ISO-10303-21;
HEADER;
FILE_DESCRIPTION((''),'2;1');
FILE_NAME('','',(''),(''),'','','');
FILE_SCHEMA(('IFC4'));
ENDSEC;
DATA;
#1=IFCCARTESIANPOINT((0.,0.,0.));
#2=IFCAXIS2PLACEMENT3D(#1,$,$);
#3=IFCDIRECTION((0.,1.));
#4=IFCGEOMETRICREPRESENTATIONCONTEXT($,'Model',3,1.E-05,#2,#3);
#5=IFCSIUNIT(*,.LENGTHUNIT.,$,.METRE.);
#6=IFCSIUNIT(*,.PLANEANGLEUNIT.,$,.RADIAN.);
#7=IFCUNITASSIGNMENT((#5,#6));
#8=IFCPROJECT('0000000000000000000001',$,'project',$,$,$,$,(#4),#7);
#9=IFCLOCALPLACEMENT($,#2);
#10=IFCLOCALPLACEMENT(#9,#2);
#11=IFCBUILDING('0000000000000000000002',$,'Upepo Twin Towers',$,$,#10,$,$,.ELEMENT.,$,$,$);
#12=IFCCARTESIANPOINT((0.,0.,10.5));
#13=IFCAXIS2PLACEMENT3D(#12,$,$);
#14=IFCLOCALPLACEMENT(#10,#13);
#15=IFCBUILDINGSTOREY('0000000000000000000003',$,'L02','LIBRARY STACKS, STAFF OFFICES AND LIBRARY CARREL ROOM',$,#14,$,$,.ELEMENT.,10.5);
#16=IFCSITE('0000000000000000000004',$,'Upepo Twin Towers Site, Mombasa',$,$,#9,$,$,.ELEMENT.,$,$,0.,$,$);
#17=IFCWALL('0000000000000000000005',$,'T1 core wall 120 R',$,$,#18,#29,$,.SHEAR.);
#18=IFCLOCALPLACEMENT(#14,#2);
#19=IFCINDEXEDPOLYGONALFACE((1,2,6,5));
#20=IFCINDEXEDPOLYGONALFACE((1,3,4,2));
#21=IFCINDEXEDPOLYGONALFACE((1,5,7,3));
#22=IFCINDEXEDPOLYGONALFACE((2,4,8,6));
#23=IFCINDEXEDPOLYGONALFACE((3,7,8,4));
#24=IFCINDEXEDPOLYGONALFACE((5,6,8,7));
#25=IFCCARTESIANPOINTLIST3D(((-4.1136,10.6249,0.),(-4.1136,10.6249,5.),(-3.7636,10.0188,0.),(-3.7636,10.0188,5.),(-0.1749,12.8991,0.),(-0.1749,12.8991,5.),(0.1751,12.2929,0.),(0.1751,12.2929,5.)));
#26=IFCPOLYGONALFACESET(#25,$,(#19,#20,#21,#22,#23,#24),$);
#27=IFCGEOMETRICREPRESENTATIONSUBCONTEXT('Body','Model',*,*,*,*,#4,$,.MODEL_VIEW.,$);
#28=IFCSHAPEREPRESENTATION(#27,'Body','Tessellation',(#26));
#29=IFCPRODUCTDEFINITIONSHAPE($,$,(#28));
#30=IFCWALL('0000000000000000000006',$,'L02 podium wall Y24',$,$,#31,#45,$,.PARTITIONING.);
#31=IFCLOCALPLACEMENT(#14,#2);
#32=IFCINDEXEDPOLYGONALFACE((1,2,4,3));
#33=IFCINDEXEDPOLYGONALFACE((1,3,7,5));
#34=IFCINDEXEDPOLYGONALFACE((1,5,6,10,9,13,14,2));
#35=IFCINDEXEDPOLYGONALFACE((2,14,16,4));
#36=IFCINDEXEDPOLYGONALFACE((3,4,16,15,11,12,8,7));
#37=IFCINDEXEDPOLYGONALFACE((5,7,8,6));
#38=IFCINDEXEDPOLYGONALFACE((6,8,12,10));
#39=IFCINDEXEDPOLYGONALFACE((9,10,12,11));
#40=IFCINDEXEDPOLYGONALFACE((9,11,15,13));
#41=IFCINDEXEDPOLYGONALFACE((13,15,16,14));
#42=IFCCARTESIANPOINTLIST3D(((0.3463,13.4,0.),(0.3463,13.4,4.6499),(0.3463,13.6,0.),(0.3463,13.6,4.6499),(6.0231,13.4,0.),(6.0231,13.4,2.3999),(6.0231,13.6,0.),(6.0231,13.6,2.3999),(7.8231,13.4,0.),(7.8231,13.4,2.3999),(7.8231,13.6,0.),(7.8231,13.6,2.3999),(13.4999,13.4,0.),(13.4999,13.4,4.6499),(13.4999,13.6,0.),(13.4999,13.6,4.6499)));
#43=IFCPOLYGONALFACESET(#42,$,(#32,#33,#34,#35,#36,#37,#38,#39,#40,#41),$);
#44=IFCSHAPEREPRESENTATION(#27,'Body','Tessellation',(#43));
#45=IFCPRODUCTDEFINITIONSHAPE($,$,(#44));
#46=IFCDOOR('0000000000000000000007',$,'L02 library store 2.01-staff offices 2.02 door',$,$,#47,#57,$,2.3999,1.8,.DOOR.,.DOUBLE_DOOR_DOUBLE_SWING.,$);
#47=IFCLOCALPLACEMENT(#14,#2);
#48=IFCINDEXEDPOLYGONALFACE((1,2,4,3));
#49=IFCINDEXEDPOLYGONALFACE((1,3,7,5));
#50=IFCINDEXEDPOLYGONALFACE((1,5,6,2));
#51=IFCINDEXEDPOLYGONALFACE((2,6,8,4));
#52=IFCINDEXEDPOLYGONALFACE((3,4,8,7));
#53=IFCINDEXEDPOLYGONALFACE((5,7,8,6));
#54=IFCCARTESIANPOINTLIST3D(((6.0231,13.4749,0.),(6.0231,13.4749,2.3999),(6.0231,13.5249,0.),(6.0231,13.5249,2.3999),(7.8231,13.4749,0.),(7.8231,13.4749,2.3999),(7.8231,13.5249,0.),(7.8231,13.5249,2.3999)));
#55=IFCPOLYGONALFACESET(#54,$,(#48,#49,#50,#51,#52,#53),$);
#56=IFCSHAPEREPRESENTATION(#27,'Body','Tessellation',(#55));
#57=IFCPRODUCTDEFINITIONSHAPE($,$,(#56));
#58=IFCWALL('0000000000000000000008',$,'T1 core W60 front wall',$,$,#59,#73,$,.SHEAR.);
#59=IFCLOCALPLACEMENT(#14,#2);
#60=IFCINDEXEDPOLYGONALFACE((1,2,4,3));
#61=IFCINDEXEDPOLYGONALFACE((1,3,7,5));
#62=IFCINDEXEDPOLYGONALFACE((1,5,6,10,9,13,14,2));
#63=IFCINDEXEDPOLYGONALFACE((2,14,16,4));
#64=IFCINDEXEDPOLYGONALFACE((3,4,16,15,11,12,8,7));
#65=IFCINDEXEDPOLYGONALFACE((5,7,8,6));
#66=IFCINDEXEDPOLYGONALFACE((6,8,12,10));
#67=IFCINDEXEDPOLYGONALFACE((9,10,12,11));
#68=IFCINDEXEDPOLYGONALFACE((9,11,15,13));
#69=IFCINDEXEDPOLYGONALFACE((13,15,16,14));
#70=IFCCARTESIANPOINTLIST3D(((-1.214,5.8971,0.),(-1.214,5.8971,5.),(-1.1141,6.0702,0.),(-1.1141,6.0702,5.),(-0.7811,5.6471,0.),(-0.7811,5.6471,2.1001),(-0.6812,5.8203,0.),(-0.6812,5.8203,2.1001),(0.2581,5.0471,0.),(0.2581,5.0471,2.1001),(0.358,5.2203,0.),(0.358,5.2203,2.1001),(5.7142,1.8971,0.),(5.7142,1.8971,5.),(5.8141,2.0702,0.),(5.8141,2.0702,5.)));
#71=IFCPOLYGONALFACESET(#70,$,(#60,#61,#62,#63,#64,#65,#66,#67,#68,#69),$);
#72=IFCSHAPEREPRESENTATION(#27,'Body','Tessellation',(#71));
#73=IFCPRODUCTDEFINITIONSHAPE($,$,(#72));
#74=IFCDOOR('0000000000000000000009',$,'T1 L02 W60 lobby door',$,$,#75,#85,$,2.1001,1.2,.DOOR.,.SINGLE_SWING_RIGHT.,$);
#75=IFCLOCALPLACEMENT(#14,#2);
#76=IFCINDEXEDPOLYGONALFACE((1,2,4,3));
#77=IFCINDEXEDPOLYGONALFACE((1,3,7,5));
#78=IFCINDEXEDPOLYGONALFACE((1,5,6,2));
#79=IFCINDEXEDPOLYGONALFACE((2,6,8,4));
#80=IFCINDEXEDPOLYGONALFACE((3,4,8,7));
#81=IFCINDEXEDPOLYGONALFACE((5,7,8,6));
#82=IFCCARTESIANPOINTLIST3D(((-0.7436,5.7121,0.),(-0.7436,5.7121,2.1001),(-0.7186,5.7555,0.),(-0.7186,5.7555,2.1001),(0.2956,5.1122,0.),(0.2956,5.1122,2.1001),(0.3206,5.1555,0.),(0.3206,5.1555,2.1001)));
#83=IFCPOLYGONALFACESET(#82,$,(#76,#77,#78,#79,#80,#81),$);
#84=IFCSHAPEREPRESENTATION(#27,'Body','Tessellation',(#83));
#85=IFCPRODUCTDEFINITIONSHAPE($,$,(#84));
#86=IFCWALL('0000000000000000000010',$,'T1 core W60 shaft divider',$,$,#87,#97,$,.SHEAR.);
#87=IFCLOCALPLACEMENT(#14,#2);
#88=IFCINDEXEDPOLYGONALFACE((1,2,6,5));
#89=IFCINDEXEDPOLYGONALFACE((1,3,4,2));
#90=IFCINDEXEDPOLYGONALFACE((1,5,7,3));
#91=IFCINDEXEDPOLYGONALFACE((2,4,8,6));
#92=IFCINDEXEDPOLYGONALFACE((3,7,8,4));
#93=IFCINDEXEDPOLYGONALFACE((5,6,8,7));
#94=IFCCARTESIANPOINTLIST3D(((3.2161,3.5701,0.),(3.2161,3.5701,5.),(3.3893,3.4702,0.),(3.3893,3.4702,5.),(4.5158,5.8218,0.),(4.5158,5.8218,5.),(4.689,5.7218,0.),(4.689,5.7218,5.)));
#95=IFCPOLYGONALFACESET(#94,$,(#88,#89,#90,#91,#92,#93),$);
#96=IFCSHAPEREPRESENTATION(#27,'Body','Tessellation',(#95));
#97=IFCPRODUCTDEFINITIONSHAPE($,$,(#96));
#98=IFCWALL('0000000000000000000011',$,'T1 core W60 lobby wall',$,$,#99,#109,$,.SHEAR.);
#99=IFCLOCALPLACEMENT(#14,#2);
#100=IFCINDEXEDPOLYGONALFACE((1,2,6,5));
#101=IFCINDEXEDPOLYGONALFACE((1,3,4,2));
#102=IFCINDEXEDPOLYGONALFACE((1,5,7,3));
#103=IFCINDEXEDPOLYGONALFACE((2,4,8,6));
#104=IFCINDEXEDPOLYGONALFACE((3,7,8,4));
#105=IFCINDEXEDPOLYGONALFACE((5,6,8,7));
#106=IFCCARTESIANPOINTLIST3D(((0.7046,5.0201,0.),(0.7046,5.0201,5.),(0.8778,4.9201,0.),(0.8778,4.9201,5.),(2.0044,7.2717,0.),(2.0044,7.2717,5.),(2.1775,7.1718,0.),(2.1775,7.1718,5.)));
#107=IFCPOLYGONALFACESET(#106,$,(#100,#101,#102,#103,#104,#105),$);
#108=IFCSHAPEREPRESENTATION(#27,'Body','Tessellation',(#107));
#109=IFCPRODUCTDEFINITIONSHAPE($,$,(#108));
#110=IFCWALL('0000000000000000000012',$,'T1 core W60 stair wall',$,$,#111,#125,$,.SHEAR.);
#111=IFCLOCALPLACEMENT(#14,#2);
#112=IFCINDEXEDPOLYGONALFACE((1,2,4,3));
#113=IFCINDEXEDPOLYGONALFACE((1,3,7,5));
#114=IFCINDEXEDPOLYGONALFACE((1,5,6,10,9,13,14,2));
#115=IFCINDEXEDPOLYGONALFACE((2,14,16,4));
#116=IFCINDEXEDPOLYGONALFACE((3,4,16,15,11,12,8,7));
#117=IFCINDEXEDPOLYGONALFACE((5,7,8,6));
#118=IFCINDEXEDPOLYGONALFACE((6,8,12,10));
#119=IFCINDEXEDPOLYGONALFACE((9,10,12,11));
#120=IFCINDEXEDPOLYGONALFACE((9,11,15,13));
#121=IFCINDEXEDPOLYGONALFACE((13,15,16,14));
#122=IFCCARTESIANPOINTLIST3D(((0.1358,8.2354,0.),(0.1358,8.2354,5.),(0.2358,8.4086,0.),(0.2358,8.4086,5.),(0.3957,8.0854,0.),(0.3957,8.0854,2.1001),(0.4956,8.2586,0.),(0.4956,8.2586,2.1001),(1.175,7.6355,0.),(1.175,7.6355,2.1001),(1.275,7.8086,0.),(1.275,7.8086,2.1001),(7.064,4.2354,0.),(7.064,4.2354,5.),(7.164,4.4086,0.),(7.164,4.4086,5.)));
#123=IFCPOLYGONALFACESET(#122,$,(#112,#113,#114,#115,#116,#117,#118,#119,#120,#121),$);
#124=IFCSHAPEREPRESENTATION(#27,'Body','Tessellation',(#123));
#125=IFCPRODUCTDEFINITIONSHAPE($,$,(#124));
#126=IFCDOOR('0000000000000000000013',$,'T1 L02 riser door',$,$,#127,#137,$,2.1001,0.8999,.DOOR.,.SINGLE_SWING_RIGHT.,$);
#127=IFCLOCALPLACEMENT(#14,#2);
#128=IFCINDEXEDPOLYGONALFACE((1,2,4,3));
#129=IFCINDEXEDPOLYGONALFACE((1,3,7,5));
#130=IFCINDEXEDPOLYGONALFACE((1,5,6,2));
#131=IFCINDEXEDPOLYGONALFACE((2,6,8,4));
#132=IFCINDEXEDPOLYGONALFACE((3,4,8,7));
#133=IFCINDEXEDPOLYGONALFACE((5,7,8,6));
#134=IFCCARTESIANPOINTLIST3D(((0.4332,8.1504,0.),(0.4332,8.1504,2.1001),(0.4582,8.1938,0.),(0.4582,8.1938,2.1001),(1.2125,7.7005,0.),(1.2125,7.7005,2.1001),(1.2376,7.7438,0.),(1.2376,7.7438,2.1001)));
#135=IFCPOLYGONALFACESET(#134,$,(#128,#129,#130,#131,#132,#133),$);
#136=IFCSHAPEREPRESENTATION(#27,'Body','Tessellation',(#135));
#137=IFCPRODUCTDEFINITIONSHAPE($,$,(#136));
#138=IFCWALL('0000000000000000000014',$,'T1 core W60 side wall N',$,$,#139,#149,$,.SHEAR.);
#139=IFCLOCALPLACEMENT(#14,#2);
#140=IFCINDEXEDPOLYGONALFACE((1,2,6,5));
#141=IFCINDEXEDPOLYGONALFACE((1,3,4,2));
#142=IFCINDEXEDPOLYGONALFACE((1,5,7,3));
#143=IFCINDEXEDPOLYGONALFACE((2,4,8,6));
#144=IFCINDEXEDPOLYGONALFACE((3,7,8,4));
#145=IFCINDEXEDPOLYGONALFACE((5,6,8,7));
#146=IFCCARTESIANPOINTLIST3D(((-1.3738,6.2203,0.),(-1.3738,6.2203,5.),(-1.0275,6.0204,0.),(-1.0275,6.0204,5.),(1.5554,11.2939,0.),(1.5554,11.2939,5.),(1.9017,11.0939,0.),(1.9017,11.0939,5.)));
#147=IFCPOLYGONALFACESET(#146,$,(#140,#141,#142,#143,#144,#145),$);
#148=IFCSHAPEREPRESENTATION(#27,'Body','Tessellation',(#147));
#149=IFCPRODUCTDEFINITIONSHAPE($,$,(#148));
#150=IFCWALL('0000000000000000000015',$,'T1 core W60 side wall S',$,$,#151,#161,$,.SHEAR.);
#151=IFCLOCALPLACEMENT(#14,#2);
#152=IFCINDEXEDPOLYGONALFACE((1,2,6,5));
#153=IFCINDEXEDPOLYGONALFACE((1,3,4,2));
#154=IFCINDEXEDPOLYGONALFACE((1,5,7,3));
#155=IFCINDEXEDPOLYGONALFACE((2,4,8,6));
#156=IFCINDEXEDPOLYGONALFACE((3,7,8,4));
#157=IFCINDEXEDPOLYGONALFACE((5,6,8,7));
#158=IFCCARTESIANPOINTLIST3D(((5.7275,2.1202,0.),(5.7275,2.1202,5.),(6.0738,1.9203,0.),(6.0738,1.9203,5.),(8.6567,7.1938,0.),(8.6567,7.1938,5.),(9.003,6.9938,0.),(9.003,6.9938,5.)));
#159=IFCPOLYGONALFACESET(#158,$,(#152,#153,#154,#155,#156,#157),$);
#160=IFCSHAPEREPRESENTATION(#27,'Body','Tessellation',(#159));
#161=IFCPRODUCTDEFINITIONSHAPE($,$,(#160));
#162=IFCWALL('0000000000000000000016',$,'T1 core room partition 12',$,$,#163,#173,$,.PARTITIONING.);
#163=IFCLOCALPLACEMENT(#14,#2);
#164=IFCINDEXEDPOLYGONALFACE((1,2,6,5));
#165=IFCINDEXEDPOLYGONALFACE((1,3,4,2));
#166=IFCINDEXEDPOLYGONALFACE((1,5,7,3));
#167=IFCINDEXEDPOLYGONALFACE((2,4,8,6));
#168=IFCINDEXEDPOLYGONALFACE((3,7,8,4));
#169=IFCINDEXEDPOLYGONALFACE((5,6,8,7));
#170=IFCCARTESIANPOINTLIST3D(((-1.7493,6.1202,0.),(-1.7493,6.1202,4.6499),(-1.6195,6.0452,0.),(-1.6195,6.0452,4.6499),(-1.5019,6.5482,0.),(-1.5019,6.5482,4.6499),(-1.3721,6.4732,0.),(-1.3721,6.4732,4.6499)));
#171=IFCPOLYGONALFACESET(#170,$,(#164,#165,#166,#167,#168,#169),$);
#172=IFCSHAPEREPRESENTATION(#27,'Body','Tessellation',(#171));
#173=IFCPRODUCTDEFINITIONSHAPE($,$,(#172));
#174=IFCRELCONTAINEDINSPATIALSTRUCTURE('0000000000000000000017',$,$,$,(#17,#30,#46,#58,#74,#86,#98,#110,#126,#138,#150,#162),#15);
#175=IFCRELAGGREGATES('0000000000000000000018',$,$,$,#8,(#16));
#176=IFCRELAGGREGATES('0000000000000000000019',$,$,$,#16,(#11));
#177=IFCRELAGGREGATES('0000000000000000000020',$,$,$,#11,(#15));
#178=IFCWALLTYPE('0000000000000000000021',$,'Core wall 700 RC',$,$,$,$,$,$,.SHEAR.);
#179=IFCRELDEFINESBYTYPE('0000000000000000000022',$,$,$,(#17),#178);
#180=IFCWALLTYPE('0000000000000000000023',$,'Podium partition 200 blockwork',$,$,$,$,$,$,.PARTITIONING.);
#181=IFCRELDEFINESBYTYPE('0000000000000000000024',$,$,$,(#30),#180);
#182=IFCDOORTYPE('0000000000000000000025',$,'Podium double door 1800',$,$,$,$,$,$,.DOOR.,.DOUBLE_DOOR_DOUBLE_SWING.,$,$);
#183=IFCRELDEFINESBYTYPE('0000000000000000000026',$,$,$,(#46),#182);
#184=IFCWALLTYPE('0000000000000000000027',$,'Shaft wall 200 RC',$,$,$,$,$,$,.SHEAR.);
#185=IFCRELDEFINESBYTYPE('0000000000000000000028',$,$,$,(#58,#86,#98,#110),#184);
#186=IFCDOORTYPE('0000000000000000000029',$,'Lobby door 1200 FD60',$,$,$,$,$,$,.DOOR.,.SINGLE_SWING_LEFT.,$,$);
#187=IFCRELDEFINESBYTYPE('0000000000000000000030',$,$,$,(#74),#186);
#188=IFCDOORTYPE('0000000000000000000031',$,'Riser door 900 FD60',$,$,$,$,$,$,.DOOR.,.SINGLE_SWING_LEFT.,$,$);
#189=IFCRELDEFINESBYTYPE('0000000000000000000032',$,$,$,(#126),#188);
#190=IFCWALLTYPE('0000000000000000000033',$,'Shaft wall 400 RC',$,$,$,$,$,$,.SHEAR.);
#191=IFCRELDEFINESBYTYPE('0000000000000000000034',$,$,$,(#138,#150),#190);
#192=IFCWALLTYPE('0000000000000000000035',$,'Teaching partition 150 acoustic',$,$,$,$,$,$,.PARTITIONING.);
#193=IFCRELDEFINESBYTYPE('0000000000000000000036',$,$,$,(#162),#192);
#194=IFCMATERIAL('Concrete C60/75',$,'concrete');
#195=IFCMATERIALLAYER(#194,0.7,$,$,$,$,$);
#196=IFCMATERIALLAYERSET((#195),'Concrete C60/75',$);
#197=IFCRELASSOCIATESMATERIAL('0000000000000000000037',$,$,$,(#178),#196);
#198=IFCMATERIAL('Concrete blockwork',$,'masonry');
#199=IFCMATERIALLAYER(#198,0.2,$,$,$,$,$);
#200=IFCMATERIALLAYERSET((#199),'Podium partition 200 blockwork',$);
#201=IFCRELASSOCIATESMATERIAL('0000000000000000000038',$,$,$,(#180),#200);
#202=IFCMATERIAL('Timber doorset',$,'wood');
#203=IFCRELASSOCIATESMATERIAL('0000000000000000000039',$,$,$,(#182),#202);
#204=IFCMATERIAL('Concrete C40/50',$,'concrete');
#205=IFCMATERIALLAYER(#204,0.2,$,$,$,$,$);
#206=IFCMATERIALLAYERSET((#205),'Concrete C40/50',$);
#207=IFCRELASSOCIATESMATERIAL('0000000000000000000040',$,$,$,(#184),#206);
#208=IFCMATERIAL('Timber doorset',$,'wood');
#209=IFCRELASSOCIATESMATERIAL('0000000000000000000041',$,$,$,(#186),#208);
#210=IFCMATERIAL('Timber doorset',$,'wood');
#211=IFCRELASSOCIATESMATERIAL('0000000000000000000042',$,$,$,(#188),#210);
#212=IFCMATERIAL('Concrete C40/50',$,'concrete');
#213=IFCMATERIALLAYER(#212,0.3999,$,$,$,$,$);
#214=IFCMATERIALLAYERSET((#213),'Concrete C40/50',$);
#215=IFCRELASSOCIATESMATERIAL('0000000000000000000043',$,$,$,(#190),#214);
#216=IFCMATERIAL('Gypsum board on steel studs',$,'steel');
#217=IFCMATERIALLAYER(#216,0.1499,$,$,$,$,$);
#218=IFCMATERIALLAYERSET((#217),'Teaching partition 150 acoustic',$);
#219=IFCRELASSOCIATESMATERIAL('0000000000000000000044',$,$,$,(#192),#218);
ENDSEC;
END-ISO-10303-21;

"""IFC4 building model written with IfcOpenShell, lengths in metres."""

from ifc_helpers import new_model, si_unit, direction, frame, frame_2d, origin, place, context, subcontext, project, spatial, rectangle, extrude, material, layer, layer_set, type_object, element, fill, save


model = new_model("IFC4")

# Units and contexts
model_context = context("Model", 3, precision=1e-05, world=origin(), true_north=direction((0.0, 1.0)))
body_context = subcontext(model_context, "Body", "Model", "MODEL_VIEW")
ifc_project = project(units=[si_unit("LENGTHUNIT", "METRE"), si_unit("PLANEANGLEUNIT", "RADIAN")], contexts=[model_context])

# Site, building, storey
site_placement = place(None, origin())
site = spatial("IfcSite", under=ifc_project, at=site_placement, Name="Upepo Twin Towers Site, Mombasa", CompositionType="ELEMENT", RefElevation=0.0)
building_placement = place(site_placement, origin())
building = spatial("IfcBuilding", under=site, at=building_placement, Name="Upepo Twin Towers", CompositionType="ELEMENT")
storey_placement = place(building_placement, frame((0.0, 0.0, 10.5)))
storey = spatial("IfcBuildingStorey", under=building, at=storey_placement, Name="L02", Description="LIBRARY STACKS, STAFF OFFICES AND LIBRARY CARREL ROOM", CompositionType="ELEMENT", Elevation=10.5)

# Wall
ifc_material_1 = material(Name="Concrete C60/75", Category="concrete")
ifc_layer_1 = layer(ifc_material_1, 0.7)
ifc_layer_set_1 = layer_set([ifc_layer_1], Name="Concrete C60/75")
wall_type_1 = type_object("IfcWallType", Name="Core wall 700 RC", PredefinedType="SHEAR", material=ifc_layer_set_1)
wall_1_placement = place(storey_placement, frame((0.0, 12.5959, 0.0), z_axis=(0.0, 0.0, 1.0), x_axis=(-0.866011, -0.500024, 0.0)))
element("IfcWall", 1, at=wall_1_placement, inside=storey, type_object=wall_type_1, Name="T1 core wall 120 R", PredefinedType="SHEAR", context=body_context, shape_type="SweptSolid", body=[
    extrude(rectangle(XDim=4.5481, YDim=0.7, at=frame_2d((2.2739, 0.0))), origin(), (0.0, 0.0, 1.0), 5.0),
])

# Walls, openings, doors
ifc_material_2 = material(Name="Concrete blockwork", Category="masonry")
ifc_layer_2 = layer(ifc_material_2, 0.2)
ifc_layer_set_2 = layer_set([ifc_layer_2], Name="Podium partition 200 blockwork")
wall_type_2 = type_object("IfcWallType", Name="Podium partition 200 blockwork", PredefinedType="PARTITIONING", material=ifc_layer_set_2)
wall_2_placement = place(storey_placement, frame((0.3464, 13.5, 0.0), z_axis=(0.0, 0.0, 1.0), x_axis=(1.0, 0.0, 0.0)))
wall_2 = element("IfcWall", 2, at=wall_2_placement, inside=storey, type_object=wall_type_2, Name="L02 podium wall Y24", PredefinedType="PARTITIONING", context=body_context, shape_type="SweptSolid", body=[
    extrude(rectangle(XDim=13.1536, YDim=0.2, at=frame_2d((6.5767, 0.0))), origin(), (0.0, 0.0, 1.0), 4.6499),
])
opening_1_placement = place(wall_2_placement, frame((5.6768, 0.0, 0.0)))
opening_1 = element("IfcOpeningElement", 3, at=opening_1_placement, cuts=wall_2, PredefinedType="OPENING", context=body_context, shape_type="SweptSolid", body=[
    extrude(rectangle(XDim=1.8, YDim=2.3999, at=frame_2d((0.8999, 1.2))), frame((0.0, 0.1099, 0.0), z_axis=(0.0, -1.0, 0.0), x_axis=(1.0, 0.0, 0.0)), (0.0, 0.0, 1.0), 0.22),
])
ifc_material_3 = material(Name="Timber doorset", Category="wood")
door_type_1 = type_object("IfcDoorType", Name="Podium double door 1800", OperationType="DOUBLE_DOOR_DOUBLE_SWING", PredefinedType="DOOR", material=ifc_material_3)
door_1_placement = place(opening_1_placement, origin())
door_1 = element("IfcDoor", 4, at=door_1_placement, inside=storey, type_object=door_type_1, Name="L02 library store 2.01-staff offices 2.02 door", OperationType="DOUBLE_DOOR_DOUBLE_SWING", OverallHeight=2.3999, OverallWidth=1.8, PredefinedType="DOOR", context=body_context, shape_type="SweptSolid", body=[
    extrude(rectangle(XDim=1.8, YDim=2.3999, at=frame_2d((0.8999, 1.2))), frame((0.0, 0.0249, 0.0), z_axis=(0.0, -1.0, 0.0), x_axis=(1.0, 0.0, 0.0)), (0.0, 0.0, 1.0), 0.05),
])
fill(opening_1, door_1)
ifc_material_4 = material(Name="Concrete C40/50", Category="concrete")
ifc_layer_3 = layer(ifc_material_4, 0.2)
ifc_layer_set_3 = layer_set([ifc_layer_3], Name="Concrete C40/50")
wall_type_3 = type_object("IfcWallType", Name="Shaft wall 200 RC", PredefinedType="SHEAR", material=ifc_layer_set_3)
wall_3_placement = place(storey_placement, frame((5.7642, 1.9836, 0.0), z_axis=(0.0, 0.0, 1.0), x_axis=(-0.866026, 0.499999, 0.0)))
wall_3 = element("IfcWall", 5, at=wall_3_placement, inside=storey, type_object=wall_type_3, Name="T1 core W60 front wall", PredefinedType="SHEAR", context=body_context, shape_type="SweptSolid", body=[
    extrude(rectangle(XDim=8.0, YDim=0.2, at=frame_2d((4.0, 0.0))), origin(), (0.0, 0.0, 1.0), 5.0),
])
opening_2_placement = place(wall_3_placement, frame((6.3, 0.0, 0.0)))
opening_2 = element("IfcOpeningElement", 6, at=opening_2_placement, cuts=wall_3, PredefinedType="OPENING", context=body_context, shape_type="SweptSolid", body=[
    extrude(rectangle(XDim=1.2, YDim=2.1001, at=frame_2d((0.6001, 1.05))), frame((0.0, 0.1099, 0.0), z_axis=(0.0, -1.0, 0.0), x_axis=(1.0, 0.0, 0.0)), (0.0, 0.0, 1.0), 0.22),
])
ifc_material_5 = material(Name="Timber doorset", Category="wood")
door_type_2 = type_object("IfcDoorType", Name="Lobby door 1200 FD60", OperationType="SINGLE_SWING_LEFT", PredefinedType="DOOR", material=ifc_material_5)
door_2_placement = place(opening_2_placement, origin())
door_2 = element("IfcDoor", 7, at=door_2_placement, inside=storey, type_object=door_type_2, Name="T1 L02 W60 lobby door", OperationType="SINGLE_SWING_RIGHT", OverallHeight=2.1001, OverallWidth=1.2, PredefinedType="DOOR", context=body_context, shape_type="SweptSolid", body=[
    extrude(rectangle(XDim=1.2, YDim=2.1001, at=frame_2d((0.6001, 1.05))), frame((0.0, 0.0249, 0.0), z_axis=(0.0, -1.0, 0.0), x_axis=(1.0, 0.0, 0.0)), (0.0, 0.0, 1.0), 0.05),
])
fill(opening_2, door_2)

# Walls
for number, where, z_axis, x_axis, name in (
    (8, (3.3027, 3.5203, 0.0), (0.0, 0.0, 1.0), (0.499937, 0.866062, 0.0), "T1 core W60 shaft divider"),
    (9, (0.7913, 4.9702, 0.0), (0.0, 0.0, 1.0), (0.499937, 0.866062, 0.0), "T1 core W60 lobby wall"),
):
    element("IfcWall", number, at=place(storey_placement, frame(where, z_axis=z_axis, x_axis=x_axis)), inside=storey, type_object=wall_type_3, Name=name, PredefinedType="SHEAR", context=body_context, shape_type="SweptSolid", body=[
        extrude(rectangle(XDim=2.5999, YDim=0.2, at=frame_2d((1.2998, 0.0))), origin(), (0.0, 0.0, 1.0), 5.0),
    ])

# Wall, opening, door
wall_4_placement = place(storey_placement, frame((7.114, 4.322, 0.0), z_axis=(0.0, 0.0, 1.0), x_axis=(-0.866026, 0.499999, 0.0)))
wall_4 = element("IfcWall", 10, at=wall_4_placement, inside=storey, type_object=wall_type_3, Name="T1 core W60 stair wall", PredefinedType="SHEAR", context=body_context, shape_type="SweptSolid", body=[
    extrude(rectangle(XDim=8.0, YDim=0.2, at=frame_2d((4.0, 0.0))), origin(), (0.0, 0.0, 1.0), 5.0),
])
opening_3_placement = place(wall_4_placement, frame((6.8, 0.0, 0.0)))
opening_3 = element("IfcOpeningElement", 11, at=opening_3_placement, cuts=wall_4, PredefinedType="OPENING", context=body_context, shape_type="SweptSolid", body=[
    extrude(rectangle(XDim=0.8999, YDim=2.1001, at=frame_2d((0.45, 1.05))), frame((0.0, 0.1099, 0.0), z_axis=(0.0, -1.0, 0.0), x_axis=(1.0, 0.0, 0.0)), (0.0, 0.0, 1.0), 0.22),
])
ifc_material_6 = material(Name="Timber doorset", Category="wood")
door_type_3 = type_object("IfcDoorType", Name="Riser door 900 FD60", OperationType="SINGLE_SWING_LEFT", PredefinedType="DOOR", material=ifc_material_6)
door_3_placement = place(opening_3_placement, origin())
door_3 = element("IfcDoor", 12, at=door_3_placement, inside=storey, type_object=door_type_3, Name="T1 L02 riser door", OperationType="SINGLE_SWING_RIGHT", OverallHeight=2.1001, OverallWidth=0.8999, PredefinedType="DOOR", context=body_context, shape_type="SweptSolid", body=[
    extrude(rectangle(XDim=0.8999, YDim=2.1001, at=frame_2d((0.45, 1.05))), frame((0.0, 0.0249, 0.0), z_axis=(0.0, -1.0, 0.0), x_axis=(1.0, 0.0, 0.0)), (0.0, 0.0, 1.0), 0.05),
])
fill(opening_3, door_3)

# Walls
ifc_material_7 = material(Name="Concrete C40/50", Category="concrete")
ifc_layer_4 = layer(ifc_material_7, 0.3999)
ifc_layer_set_4 = layer_set([ifc_layer_4], Name="Concrete C40/50")
wall_type_4 = type_object("IfcWallType", Name="Shaft wall 400 RC", PredefinedType="SHEAR", material=ifc_layer_set_4)
for number, where, z_axis, x_axis, name in (
    (13, (-1.2007, 6.1204, 0.0), (0.0, 0.0, 1.0), (0.500003, 0.866024, 0.0), "T1 core W60 side wall N"),
    (14, (5.9006, 2.0203, 0.0), (0.0, 0.0, 1.0), (0.500003, 0.866024, 0.0), "T1 core W60 side wall S"),
):
    element("IfcWall", number, at=place(storey_placement, frame(where, z_axis=z_axis, x_axis=x_axis)), inside=storey, type_object=wall_type_4, Name=name, PredefinedType="SHEAR", context=body_context, shape_type="SweptSolid", body=[
        extrude(rectangle(XDim=5.8584, YDim=0.3999, at=frame_2d((2.9292, 0.0))), origin(), (0.0, 0.0, 1.0), 5.0),
    ])
ifc_material_8 = material(Name="Gypsum board on steel studs", Category="steel")
ifc_layer_5 = layer(ifc_material_8, 0.1499)
ifc_layer_set_5 = layer_set([ifc_layer_5], Name="Teaching partition 150 acoustic")
wall_type_5 = type_object("IfcWallType", Name="Teaching partition 150 acoustic", PredefinedType="PARTITIONING", material=ifc_layer_set_5)
wall_5_placement = place(storey_placement, frame((-1.6843, 6.0828, 0.0), z_axis=(0.0, 0.0, 1.0), x_axis=(0.500335, 0.865832, 0.0)))
element("IfcWall", 15, at=wall_5_placement, inside=storey, type_object=wall_type_5, Name="T1 core room partition 12", PredefinedType="PARTITIONING", context=body_context, shape_type="SweptSolid", body=[
    extrude(rectangle(XDim=0.4944, YDim=0.1499, at=frame_2d((0.2471, 0.0))), origin(), (0.0, 0.0, 1.0), 4.6499),
])

save(model, "model.ifc")
